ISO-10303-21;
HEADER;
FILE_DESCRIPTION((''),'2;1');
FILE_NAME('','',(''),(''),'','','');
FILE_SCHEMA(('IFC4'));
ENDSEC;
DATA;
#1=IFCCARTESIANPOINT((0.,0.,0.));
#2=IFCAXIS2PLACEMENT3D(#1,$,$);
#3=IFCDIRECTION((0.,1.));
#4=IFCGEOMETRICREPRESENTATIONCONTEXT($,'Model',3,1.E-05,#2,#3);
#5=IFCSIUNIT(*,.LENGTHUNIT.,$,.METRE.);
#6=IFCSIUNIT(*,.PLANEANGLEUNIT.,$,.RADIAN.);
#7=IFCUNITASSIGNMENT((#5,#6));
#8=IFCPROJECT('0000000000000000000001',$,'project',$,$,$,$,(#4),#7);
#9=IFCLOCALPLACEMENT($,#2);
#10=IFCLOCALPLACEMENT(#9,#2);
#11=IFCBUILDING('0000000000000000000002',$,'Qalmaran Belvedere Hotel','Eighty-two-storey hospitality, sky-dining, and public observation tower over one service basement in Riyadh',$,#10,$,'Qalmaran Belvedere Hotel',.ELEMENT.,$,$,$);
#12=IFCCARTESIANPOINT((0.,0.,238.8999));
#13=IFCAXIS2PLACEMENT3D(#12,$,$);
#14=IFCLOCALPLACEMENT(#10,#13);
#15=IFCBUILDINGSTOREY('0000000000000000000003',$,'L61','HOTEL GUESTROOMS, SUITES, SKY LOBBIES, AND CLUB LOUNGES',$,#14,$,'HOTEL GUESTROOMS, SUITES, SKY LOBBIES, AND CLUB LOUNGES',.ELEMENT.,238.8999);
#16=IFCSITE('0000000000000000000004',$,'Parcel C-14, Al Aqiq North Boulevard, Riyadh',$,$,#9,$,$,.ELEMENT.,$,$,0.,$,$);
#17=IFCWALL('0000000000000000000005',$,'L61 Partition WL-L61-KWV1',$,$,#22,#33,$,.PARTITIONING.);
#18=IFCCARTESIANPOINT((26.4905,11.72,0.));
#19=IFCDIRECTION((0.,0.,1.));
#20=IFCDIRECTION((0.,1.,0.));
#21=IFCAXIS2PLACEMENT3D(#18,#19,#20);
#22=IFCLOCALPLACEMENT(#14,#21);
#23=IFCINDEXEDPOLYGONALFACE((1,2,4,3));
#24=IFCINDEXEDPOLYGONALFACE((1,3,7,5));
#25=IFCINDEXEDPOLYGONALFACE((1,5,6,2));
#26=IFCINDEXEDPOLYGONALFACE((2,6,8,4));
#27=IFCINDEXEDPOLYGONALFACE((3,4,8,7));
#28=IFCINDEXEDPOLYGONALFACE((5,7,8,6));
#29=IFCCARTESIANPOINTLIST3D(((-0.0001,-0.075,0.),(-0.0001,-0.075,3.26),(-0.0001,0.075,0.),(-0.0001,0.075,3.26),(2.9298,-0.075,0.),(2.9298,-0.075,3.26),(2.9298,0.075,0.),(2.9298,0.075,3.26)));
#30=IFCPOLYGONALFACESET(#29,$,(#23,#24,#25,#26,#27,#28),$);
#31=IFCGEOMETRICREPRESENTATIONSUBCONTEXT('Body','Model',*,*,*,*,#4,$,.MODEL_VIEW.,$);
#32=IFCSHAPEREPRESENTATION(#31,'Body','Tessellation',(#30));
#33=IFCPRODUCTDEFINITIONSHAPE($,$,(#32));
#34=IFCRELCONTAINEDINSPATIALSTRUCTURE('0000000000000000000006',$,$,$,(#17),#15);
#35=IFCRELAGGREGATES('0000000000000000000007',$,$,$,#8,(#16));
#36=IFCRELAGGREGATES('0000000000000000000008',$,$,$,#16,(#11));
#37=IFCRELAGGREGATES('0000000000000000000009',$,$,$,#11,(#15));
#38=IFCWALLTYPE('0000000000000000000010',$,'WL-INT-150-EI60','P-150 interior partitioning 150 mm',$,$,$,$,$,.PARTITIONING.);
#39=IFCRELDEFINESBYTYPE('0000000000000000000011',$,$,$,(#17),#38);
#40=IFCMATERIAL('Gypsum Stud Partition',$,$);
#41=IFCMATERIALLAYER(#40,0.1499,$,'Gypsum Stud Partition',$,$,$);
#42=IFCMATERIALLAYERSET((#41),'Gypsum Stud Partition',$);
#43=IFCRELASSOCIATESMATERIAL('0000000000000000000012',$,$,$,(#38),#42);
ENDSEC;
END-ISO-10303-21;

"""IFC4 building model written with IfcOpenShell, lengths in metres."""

from ifc_helpers import new_model, si_unit, direction, frame, frame_2d, origin, place, context, subcontext, project, spatial, rectangle, extrude, material, layer, layer_set, type_object, element, save


model = new_model("IFC4")

# Units and contexts
model_context = context("Model", 3, precision=1e-05, world=origin(), true_north=direction((0.0, 1.0)))
body_context = subcontext(model_context, "Body", "Model", "MODEL_VIEW")
ifc_project = project(units=[si_unit("LENGTHUNIT", "METRE"), si_unit("PLANEANGLEUNIT", "RADIAN")], contexts=[model_context])

# Site, building, storey
site_placement = place(None, origin())
site = spatial("IfcSite", under=ifc_project, at=site_placement, Name="Parcel C-14, Al Aqiq North Boulevard, Riyadh", CompositionType="ELEMENT", RefElevation=0.0)
building_placement = place(site_placement, origin())
building = spatial("IfcBuilding", under=site, at=building_placement, Name="Qalmaran Belvedere Hotel", Description="Eighty-two-storey hospitality, sky-dining, and public observation tower over one service basement in Riyadh", LongName="Qalmaran Belvedere Hotel", CompositionType="ELEMENT")
storey_placement = place(building_placement, frame((0.0, 0.0, 238.8999)))
storey = spatial("IfcBuildingStorey", under=building, at=storey_placement, Name="L61", Description="HOTEL GUESTROOMS, SUITES, SKY LOBBIES, AND CLUB LOUNGES", LongName="HOTEL GUESTROOMS, SUITES, SKY LOBBIES, AND CLUB LOUNGES", CompositionType="ELEMENT", Elevation=238.8999)

# Wall
ifc_material_1 = material(Name="Gypsum Stud Partition")
ifc_layer_1 = layer(ifc_material_1, 0.1499, Name="Gypsum Stud Partition")
ifc_layer_set_1 = layer_set([ifc_layer_1], Name="Gypsum Stud Partition")
wall_type_1 = type_object("IfcWallType", Name="WL-INT-150-EI60", Description="P-150 interior partitioning 150 mm", PredefinedType="PARTITIONING", material=ifc_layer_set_1)
wall_1_placement = place(storey_placement, frame((26.4905, 11.72, 0.0), z_axis=(0.0, 0.0, 1.0), x_axis=(0.0, 1.0, 0.0)))
element("IfcWall", 1, at=wall_1_placement, inside=storey, type_object=wall_type_1, Name="L61 Partition WL-L61-KWV1", PredefinedType="PARTITIONING", context=body_context, shape_type="SweptSolid", body=[
    extrude(rectangle(XDim=2.9299, YDim=0.1499, at=frame_2d((1.4648, 0.0))), origin(), (0.0, 0.0, 1.0), 3.26),
])

save(model, "model.ifc")
